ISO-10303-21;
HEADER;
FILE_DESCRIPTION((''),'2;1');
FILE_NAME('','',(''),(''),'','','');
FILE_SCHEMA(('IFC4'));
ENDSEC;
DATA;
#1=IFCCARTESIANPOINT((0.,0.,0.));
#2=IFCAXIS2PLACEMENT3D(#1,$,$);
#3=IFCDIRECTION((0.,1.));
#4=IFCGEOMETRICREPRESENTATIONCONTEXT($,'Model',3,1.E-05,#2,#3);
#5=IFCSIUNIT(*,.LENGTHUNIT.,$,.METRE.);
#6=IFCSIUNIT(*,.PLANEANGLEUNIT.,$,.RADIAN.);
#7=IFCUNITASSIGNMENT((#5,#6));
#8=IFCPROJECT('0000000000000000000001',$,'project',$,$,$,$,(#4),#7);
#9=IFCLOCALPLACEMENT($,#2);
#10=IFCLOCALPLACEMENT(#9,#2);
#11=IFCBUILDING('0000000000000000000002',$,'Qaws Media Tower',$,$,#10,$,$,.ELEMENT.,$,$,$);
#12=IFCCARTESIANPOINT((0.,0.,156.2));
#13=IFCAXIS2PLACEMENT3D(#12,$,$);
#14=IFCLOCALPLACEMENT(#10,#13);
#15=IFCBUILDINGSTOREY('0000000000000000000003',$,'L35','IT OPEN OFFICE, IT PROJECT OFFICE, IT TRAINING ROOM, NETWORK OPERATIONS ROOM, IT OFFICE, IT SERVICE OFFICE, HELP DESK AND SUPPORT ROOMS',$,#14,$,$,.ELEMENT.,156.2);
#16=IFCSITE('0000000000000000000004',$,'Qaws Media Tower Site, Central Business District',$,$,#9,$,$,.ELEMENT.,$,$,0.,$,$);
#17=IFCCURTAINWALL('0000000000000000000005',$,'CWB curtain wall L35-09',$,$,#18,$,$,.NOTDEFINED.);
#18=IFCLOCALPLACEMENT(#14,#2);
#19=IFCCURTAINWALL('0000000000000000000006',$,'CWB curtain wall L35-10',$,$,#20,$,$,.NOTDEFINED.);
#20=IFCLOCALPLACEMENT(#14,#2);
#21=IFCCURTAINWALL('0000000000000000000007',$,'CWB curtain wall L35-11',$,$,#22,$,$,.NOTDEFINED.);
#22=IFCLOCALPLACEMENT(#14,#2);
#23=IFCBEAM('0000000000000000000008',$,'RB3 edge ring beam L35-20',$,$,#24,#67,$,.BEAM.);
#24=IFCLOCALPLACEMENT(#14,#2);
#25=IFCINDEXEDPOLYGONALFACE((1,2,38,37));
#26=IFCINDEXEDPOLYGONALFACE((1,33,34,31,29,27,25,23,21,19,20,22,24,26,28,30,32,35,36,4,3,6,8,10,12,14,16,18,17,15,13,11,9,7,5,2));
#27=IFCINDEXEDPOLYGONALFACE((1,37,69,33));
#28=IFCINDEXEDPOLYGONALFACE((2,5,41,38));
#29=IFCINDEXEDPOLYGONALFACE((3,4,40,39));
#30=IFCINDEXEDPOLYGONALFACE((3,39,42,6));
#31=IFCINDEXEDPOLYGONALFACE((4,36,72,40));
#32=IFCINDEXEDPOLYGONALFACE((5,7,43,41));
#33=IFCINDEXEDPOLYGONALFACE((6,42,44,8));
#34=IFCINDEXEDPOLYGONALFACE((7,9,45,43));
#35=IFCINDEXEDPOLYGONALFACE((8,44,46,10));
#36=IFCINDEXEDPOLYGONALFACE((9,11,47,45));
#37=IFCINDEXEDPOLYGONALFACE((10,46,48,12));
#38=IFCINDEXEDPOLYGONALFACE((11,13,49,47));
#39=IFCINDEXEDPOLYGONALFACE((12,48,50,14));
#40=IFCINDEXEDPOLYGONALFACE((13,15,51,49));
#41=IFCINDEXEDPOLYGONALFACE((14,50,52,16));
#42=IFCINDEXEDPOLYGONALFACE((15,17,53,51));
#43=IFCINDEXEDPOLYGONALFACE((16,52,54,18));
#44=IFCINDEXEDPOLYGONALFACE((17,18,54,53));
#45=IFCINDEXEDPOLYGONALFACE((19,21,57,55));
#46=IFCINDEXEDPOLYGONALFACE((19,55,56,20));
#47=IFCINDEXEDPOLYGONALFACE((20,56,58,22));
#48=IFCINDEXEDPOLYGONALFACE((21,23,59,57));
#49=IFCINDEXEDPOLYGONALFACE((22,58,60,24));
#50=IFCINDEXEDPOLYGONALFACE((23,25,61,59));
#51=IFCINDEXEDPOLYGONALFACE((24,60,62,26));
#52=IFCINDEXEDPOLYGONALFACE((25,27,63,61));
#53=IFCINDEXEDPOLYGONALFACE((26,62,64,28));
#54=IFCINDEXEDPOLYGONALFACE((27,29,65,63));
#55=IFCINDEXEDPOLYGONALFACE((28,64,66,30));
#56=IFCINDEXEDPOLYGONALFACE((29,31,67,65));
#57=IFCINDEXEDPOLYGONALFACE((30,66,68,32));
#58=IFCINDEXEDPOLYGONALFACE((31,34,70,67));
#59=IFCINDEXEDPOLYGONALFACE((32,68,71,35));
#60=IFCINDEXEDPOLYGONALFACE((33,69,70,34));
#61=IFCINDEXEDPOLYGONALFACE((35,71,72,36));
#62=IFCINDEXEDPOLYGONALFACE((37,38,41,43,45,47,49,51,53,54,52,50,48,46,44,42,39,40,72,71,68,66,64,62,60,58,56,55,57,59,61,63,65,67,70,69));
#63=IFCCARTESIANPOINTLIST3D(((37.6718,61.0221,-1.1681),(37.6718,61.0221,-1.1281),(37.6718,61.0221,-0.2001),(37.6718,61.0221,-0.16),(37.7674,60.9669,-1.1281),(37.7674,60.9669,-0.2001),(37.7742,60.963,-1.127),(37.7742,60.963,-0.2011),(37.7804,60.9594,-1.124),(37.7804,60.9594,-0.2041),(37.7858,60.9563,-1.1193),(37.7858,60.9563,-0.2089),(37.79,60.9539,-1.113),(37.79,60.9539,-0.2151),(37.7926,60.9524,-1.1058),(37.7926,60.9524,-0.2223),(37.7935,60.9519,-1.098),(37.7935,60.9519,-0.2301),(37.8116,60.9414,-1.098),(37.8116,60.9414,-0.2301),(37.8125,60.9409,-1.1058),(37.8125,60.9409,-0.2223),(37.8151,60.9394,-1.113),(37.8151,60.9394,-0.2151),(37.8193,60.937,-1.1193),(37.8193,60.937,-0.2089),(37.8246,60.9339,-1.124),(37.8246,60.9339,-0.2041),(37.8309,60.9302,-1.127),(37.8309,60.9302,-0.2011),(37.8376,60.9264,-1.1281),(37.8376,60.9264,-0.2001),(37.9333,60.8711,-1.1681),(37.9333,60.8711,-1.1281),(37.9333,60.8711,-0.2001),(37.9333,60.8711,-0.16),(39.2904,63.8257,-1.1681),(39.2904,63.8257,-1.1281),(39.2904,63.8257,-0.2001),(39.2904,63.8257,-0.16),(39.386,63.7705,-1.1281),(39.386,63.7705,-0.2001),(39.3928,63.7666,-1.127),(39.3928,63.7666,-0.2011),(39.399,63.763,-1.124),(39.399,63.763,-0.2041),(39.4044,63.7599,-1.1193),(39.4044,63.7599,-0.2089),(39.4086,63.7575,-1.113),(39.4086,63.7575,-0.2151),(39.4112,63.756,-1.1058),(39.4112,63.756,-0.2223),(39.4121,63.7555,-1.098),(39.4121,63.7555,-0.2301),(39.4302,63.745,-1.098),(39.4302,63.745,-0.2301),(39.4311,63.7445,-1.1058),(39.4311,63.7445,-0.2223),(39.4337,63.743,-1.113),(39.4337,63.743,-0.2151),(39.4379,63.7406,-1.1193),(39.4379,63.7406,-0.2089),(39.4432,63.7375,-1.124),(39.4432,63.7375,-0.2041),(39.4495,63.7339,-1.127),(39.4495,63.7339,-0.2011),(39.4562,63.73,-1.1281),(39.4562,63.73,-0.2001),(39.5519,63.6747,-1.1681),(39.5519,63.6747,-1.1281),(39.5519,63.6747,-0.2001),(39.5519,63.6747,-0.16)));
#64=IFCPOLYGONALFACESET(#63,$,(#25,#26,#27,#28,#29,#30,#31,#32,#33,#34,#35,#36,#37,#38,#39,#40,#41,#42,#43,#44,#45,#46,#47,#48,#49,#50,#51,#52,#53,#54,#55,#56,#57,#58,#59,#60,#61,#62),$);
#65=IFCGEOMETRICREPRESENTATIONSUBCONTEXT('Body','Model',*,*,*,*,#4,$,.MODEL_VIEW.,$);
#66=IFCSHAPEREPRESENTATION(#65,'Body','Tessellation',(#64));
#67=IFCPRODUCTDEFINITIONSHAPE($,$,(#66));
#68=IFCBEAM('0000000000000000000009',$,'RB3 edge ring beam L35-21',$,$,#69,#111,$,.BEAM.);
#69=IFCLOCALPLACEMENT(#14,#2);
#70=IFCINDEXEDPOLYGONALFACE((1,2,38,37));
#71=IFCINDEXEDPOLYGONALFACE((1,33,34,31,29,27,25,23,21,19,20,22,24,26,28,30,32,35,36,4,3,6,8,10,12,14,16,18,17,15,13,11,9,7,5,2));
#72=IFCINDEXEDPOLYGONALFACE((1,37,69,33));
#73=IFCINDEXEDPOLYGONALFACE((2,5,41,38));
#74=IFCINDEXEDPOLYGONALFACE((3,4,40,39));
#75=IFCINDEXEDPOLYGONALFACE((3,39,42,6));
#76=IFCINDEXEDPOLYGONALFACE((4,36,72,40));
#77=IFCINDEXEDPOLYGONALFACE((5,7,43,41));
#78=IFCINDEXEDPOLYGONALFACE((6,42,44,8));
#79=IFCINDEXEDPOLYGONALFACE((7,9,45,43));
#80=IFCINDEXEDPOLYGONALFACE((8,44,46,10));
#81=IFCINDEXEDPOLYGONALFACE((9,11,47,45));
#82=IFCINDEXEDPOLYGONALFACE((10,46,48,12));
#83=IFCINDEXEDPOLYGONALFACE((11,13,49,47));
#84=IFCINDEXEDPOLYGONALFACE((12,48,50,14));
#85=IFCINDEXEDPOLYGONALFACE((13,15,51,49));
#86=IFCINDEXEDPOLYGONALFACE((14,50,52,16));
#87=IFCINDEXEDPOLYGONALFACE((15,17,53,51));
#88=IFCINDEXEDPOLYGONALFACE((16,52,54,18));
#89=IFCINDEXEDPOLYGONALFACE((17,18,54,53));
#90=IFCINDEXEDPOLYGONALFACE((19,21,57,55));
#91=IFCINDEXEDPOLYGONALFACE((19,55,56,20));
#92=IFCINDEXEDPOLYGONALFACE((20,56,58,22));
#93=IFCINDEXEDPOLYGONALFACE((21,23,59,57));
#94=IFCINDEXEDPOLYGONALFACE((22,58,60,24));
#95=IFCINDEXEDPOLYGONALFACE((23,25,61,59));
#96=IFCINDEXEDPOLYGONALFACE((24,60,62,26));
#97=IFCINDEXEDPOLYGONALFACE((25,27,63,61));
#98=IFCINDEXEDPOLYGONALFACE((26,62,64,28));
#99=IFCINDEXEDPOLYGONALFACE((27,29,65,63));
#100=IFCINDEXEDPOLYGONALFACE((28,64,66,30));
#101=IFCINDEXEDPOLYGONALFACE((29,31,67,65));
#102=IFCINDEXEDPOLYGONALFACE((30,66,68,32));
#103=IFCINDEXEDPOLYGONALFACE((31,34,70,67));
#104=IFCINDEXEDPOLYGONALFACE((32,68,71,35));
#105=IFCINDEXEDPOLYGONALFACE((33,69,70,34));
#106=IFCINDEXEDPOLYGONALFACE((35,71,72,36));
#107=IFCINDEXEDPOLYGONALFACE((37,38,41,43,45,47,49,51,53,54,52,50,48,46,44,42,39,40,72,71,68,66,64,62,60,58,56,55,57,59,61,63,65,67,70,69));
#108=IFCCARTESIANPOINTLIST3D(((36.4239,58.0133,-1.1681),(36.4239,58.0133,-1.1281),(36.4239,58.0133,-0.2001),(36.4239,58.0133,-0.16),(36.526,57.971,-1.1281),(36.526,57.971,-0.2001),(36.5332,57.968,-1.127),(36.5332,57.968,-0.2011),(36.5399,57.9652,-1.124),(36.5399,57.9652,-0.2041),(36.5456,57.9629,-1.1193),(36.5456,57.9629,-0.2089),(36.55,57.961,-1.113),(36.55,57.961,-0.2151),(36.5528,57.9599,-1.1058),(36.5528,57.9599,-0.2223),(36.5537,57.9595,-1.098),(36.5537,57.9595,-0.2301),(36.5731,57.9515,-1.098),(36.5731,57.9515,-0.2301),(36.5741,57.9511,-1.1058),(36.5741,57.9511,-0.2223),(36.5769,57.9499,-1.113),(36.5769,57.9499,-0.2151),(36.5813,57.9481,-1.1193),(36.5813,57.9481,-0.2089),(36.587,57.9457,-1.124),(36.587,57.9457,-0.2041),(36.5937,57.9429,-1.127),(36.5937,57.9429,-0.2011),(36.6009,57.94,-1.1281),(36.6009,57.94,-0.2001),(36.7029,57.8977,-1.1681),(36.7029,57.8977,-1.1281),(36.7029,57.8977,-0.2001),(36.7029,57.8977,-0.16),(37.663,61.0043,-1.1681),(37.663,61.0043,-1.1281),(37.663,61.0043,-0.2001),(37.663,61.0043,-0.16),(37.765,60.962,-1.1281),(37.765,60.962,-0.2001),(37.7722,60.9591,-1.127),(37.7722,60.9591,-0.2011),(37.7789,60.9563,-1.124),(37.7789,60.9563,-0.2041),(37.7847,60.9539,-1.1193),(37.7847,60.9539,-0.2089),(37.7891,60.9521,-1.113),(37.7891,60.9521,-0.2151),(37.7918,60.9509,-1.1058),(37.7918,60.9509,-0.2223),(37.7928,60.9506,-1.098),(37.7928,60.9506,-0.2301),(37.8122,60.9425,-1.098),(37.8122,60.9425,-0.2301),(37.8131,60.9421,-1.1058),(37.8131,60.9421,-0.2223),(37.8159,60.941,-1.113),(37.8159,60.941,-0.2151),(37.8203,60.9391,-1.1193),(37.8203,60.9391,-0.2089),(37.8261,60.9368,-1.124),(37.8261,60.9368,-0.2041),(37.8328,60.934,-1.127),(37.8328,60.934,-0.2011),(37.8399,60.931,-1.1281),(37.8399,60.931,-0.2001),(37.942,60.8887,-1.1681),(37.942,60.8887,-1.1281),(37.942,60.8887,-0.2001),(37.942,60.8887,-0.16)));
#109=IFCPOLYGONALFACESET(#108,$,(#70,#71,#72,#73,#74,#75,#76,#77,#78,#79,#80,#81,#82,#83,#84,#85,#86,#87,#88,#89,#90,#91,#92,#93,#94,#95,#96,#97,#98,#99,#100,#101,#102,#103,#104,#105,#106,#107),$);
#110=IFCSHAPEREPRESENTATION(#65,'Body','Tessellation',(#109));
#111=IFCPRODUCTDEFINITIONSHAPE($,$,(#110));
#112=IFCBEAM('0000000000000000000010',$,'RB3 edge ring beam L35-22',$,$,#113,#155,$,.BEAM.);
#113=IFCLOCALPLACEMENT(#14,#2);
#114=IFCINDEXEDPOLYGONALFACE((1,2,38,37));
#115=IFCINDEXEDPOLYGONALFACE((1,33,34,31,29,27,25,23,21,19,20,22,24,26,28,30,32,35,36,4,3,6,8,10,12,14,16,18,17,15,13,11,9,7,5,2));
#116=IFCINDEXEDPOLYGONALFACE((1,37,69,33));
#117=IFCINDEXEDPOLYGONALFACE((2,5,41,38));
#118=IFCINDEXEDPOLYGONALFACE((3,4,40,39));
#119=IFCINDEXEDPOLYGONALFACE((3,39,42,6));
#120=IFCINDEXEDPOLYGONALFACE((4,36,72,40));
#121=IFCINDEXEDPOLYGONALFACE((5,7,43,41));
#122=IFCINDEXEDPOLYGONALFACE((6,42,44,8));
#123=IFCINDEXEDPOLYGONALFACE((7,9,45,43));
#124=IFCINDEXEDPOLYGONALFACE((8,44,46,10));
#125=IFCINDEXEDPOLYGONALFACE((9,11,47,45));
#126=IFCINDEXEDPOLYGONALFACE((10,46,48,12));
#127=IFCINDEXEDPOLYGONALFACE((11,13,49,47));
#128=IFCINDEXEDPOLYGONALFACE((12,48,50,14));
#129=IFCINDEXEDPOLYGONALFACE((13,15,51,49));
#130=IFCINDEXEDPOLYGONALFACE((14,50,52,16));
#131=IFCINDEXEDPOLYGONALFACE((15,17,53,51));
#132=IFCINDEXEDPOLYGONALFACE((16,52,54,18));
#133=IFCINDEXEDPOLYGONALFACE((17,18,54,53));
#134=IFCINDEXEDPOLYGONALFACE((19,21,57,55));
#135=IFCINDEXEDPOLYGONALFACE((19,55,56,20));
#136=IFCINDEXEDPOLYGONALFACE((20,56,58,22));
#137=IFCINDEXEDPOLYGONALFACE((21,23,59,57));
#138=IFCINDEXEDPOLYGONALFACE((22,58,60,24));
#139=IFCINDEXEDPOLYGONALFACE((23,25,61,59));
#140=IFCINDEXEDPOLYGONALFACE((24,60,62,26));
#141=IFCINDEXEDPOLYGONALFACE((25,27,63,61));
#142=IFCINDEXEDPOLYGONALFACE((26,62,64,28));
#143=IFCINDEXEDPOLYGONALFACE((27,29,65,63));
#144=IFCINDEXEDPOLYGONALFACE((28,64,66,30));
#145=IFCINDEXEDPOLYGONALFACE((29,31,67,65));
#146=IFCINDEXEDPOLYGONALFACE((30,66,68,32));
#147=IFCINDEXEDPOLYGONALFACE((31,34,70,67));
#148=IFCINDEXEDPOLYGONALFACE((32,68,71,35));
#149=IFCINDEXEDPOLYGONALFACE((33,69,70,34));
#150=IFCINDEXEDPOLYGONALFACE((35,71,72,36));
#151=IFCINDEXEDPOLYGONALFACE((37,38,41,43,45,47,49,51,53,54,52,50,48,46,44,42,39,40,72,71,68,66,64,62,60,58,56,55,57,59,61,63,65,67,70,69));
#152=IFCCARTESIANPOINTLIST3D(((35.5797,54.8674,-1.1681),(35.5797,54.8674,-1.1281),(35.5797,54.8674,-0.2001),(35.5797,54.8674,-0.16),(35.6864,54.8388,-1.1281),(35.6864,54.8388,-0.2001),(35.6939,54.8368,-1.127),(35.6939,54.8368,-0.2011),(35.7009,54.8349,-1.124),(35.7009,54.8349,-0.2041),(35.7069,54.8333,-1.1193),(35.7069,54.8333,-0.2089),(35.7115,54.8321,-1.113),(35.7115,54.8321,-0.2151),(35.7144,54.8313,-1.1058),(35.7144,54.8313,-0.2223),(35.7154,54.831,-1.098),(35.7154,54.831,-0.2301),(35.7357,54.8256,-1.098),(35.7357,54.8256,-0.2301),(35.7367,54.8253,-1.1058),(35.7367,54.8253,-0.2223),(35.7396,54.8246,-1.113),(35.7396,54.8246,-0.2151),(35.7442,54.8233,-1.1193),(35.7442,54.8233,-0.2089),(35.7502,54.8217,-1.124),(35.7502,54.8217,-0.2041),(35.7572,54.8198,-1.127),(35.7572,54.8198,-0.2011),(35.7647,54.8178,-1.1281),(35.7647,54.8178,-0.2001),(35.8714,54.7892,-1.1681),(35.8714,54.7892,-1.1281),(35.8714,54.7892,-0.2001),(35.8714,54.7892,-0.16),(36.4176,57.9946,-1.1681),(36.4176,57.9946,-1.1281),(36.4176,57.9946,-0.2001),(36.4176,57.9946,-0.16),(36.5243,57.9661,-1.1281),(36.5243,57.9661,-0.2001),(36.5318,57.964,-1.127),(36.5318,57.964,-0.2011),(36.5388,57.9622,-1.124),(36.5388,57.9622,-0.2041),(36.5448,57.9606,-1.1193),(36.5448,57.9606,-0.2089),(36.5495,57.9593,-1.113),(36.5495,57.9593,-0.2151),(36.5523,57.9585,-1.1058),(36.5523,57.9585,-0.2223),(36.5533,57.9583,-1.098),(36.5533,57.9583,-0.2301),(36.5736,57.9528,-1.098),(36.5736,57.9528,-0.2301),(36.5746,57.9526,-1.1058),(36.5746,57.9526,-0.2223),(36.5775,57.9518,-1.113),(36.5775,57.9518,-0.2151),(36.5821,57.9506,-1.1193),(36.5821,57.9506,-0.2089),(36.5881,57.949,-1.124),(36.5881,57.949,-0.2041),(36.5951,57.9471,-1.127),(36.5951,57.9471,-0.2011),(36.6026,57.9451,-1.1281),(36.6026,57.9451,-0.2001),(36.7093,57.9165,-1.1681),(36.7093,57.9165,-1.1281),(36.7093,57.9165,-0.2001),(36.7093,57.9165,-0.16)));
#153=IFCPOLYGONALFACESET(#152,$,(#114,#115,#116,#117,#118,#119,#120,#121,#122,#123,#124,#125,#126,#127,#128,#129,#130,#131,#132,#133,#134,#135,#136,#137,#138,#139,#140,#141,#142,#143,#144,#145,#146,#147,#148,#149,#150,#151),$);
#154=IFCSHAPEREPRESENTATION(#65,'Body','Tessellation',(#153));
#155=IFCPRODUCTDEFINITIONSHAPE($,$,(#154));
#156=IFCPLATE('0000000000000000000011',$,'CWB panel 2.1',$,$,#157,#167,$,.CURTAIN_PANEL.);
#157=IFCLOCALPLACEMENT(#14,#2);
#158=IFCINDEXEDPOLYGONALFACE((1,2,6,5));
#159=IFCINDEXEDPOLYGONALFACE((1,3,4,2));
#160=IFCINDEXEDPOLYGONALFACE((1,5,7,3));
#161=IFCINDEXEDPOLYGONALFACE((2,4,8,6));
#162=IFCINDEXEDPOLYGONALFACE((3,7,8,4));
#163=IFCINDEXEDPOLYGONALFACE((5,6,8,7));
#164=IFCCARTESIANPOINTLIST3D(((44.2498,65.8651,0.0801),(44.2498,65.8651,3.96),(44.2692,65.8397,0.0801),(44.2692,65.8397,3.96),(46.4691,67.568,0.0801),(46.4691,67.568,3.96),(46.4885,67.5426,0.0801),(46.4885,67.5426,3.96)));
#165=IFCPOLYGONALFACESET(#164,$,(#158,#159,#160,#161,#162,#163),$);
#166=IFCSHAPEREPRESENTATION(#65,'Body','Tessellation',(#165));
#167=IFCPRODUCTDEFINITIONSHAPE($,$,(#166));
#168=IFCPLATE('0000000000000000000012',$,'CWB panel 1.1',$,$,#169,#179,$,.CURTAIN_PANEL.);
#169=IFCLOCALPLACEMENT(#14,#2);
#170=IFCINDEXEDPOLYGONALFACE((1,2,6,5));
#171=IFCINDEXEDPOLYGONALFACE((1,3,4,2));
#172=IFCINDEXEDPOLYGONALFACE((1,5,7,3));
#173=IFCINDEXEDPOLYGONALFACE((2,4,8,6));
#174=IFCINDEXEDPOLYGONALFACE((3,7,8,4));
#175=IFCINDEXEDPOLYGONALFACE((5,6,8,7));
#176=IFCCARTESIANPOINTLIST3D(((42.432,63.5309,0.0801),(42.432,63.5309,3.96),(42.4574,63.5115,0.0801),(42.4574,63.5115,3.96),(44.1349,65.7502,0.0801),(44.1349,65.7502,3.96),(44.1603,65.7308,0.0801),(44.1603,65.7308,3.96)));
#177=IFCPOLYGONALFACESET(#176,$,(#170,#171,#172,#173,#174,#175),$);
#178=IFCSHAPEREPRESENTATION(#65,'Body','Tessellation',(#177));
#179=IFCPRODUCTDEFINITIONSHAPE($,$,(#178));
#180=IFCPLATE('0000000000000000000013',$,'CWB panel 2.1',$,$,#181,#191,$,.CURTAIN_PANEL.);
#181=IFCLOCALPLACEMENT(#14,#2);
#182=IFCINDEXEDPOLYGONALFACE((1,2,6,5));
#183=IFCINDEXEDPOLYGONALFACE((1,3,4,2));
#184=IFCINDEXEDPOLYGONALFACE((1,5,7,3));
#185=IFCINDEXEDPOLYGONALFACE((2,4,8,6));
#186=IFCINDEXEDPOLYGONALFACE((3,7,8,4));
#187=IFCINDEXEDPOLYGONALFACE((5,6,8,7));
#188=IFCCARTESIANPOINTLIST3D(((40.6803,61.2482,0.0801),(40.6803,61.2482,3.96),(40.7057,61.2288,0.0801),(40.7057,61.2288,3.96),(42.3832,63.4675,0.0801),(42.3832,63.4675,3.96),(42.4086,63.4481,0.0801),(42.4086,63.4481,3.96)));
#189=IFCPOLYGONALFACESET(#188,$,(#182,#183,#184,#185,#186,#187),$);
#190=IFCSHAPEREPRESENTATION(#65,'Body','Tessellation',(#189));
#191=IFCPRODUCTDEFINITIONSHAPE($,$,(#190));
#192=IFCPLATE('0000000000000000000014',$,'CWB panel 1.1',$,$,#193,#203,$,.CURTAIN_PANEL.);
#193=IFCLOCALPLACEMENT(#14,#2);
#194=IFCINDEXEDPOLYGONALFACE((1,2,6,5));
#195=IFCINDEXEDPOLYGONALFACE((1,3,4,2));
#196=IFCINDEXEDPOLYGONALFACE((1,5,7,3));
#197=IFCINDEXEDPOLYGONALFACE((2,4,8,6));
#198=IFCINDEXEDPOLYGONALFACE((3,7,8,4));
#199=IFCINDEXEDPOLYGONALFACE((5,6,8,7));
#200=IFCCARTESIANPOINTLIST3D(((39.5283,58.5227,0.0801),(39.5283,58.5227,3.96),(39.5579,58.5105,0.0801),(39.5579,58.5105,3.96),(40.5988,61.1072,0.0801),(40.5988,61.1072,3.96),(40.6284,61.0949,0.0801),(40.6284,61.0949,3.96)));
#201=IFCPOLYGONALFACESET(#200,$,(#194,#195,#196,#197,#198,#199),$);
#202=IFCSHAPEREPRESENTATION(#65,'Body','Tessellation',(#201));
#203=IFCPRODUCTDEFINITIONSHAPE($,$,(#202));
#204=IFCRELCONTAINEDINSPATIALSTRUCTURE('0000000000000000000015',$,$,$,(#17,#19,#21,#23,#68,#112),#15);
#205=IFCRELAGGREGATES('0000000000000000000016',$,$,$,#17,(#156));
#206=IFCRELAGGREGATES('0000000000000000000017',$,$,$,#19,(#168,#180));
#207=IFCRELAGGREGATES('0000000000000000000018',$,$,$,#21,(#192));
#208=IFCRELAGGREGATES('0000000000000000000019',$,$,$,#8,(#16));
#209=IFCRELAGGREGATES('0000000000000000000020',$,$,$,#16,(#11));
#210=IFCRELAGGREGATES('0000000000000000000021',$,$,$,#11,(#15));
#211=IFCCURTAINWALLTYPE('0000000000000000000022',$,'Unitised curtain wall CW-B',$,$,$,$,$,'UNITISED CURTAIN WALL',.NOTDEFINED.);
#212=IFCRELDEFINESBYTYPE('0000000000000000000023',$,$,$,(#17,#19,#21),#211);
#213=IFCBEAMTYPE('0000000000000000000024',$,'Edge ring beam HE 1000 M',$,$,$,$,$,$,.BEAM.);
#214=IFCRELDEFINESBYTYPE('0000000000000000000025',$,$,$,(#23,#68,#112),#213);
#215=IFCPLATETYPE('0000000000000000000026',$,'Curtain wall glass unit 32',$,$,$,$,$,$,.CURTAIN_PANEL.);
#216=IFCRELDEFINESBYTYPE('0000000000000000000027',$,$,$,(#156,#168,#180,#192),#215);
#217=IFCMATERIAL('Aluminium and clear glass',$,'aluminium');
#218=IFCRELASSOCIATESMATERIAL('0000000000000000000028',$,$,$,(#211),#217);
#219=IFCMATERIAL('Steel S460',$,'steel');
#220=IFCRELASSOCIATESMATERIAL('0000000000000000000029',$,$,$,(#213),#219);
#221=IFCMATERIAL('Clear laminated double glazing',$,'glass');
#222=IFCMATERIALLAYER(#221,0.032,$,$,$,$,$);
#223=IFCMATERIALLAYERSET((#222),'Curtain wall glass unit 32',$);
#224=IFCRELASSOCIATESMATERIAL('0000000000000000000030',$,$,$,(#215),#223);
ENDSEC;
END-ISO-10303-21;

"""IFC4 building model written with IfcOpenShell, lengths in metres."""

from ifc_helpers import new_model, si_unit, direction, frame, origin, origin_2d, place, context, subcontext, project, spatial, rectangle, i_section, extrude, material, layer, layer_set, material_profile, profile_set, type_object, element, aggregate, save


model = new_model("IFC4")

# Units and contexts
model_context = context("Model", 3, precision=1e-05, world=origin(), true_north=direction((0.0, 1.0)))
body_context = subcontext(model_context, "Body", "Model", "MODEL_VIEW")
ifc_project = project(units=[si_unit("LENGTHUNIT", "METRE"), si_unit("PLANEANGLEUNIT", "RADIAN")], contexts=[model_context])

# Site, building, storey
site_placement = place(None, origin())
site = spatial("IfcSite", under=ifc_project, at=site_placement, Name="Qaws Media Tower Site, Central Business District", CompositionType="ELEMENT", RefElevation=0.0)
building_placement = place(site_placement, origin())
building = spatial("IfcBuilding", under=site, at=building_placement, Name="Qaws Media Tower", CompositionType="ELEMENT")
storey_placement = place(building_placement, frame((0.0, 0.0, 156.2)))
storey = spatial("IfcBuildingStorey", under=building, at=storey_placement, Name="L35", Description="IT OPEN OFFICE, IT PROJECT OFFICE, IT TRAINING ROOM, NETWORK OPERATIONS ROOM, IT OFFICE, IT SERVICE OFFICE, HELP DESK AND SUPPORT ROOMS", CompositionType="ELEMENT", Elevation=156.2)

# Curtain wall
ifc_material_1 = material(Name="Aluminium and clear glass", Category="aluminium")
curtain_wall_type = type_object("IfcCurtainWallType", Name="Unitised curtain wall CW-B", ElementType="UNITISED CURTAIN WALL", PredefinedType="NOTDEFINED", material=ifc_material_1)
curtain_wall_1_placement = place(storey_placement, origin())
curtain_wall_1 = element("IfcCurtainWall", 1, at=curtain_wall_1_placement, inside=storey, type_object=curtain_wall_type, Name="CWB curtain wall L35-09", PredefinedType="NOTDEFINED")

# Curtain walls
curtain_wall_2_placement = place(storey_placement, origin())
curtain_wall_2 = element("IfcCurtainWall", 2, at=curtain_wall_2_placement, inside=storey, type_object=curtain_wall_type, Name="CWB curtain wall L35-10", PredefinedType="NOTDEFINED")
curtain_wall_3_placement = place(storey_placement, origin())
curtain_wall_3 = element("IfcCurtainWall", 3, at=curtain_wall_3_placement, inside=storey, type_object=curtain_wall_type, Name="CWB curtain wall L35-11", PredefinedType="NOTDEFINED")

# Beams
ifc_material_2 = material(Name="Steel S460", Category="steel")
ifc_material_profile_1 = material_profile(ifc_material_2, i_section(OverallWidth=0.302, OverallDepth=1.0081, WebThickness=0.021, FlangeThickness=0.04, FilletRadius=0.03, at=origin_2d()), Name="HE 1000 M")
ifc_profile_set_1 = profile_set([ifc_material_profile_1], Name="Steel S460")
beam_type = type_object("IfcBeamType", Name="Edge ring beam HE 1000 M", PredefinedType="BEAM", material=ifc_profile_set_1)
beam_placement = place(storey_placement, frame((39.4211, 63.7502, -0.6641), z_axis=(-0.499984, -0.866035, 0.0), x_axis=(0.866035, -0.499984, 0.0)))
element("IfcBeam", 4, at=beam_placement, inside=storey, type_object=beam_type, Name="RB3 edge ring beam L35-20", PredefinedType="BEAM", context=body_context, shape_type="SweptSolid", body=[
    extrude(i_section(OverallWidth=0.302, OverallDepth=1.0081, WebThickness=0.021, FlangeThickness=0.04, FilletRadius=0.03, at=origin_2d()), origin(), (0.0, 0.0, 1.0), 3.2373),
])
for number, where, z_axis, x_axis, name in (
    (5, (37.8025, 60.9465, -0.6641), (-0.382714, -0.923867, 0.0), (0.923867, -0.382714, 0.0), "RB3 edge ring beam L35-21"),
    (6, (36.5635, 57.9556, -0.6641), (-0.258808, -0.965929, 0.0), (0.965929, -0.258808, 0.0), "RB3 edge ring beam L35-22"),
):
    element("IfcBeam", number, at=place(storey_placement, frame(where, z_axis=z_axis, x_axis=x_axis)), inside=storey, type_object=beam_type, Name=name, PredefinedType="BEAM", context=body_context, shape_type="SweptSolid", body=[
        extrude(i_section(OverallWidth=0.302, OverallDepth=1.0081, WebThickness=0.021, FlangeThickness=0.04, FilletRadius=0.03, at=origin_2d()), origin(), (0.0, 0.0, 1.0), 3.2375),
    ])

# Plates
ifc_material_3 = material(Name="Clear laminated double glazing", Category="glass")
ifc_layer_1 = layer(ifc_material_3, 0.032)
ifc_layer_set_1 = layer_set([ifc_layer_1], Name="Curtain wall glass unit 32")
plate_type_1 = type_object("IfcPlateType", Name="Curtain wall glass unit 32", PredefinedType="CURTAIN_PANEL", material=ifc_layer_set_1)
plate_1_placement = place(storey_placement, frame((45.3691, 66.7039, 0.0801), z_axis=(0.0, 0.0, 1.0), x_axis=(-0.793353, -0.608761, 0.0)))
plate_1 = element("IfcPlate", 7, at=plate_1_placement, type_object=plate_type_1, Name="CWB panel 2.1", PredefinedType="CURTAIN_PANEL", context=body_context, shape_type="SweptSolid", body=[
    extrude(rectangle(XDim=2.7974, YDim=0.032, at=origin_2d()), origin(), (0.0, 0.0, 1.0), 3.8799),
])
aggregate(curtain_wall_1, [plate_1])
plate_2_placement = place(storey_placement, frame((43.2961, 64.6309, 0.0801), z_axis=(0.0, 0.0, 1.0), x_axis=(-0.608761, -0.793353, 0.0)))
plate_2 = element("IfcPlate", 8, at=plate_2_placement, type_object=plate_type_1, Name="CWB panel 1.1", PredefinedType="CURTAIN_PANEL", context=body_context, shape_type="SweptSolid", body=[
    extrude(rectangle(XDim=2.7974, YDim=0.032, at=origin_2d()), origin(), (0.0, 0.0, 1.0), 3.8799),
])
plate_3_placement = place(storey_placement, frame((41.5444, 62.3481, 0.0801), z_axis=(0.0, 0.0, 1.0), x_axis=(-0.608761, -0.793353, 0.0)))
plate_3 = element("IfcPlate", 9, at=plate_3_placement, type_object=plate_type_1, Name="CWB panel 2.1", PredefinedType="CURTAIN_PANEL", context=body_context, shape_type="SweptSolid", body=[
    extrude(rectangle(XDim=2.7974, YDim=0.032, at=origin_2d()), origin(), (0.0, 0.0, 1.0), 3.8799),
])
aggregate(curtain_wall_2, [plate_2, plate_3])
plate_4_placement = place(storey_placement, frame((40.0784, 59.8088, 0.0801), z_axis=(0.0, 0.0, 1.0), x_axis=(-0.382683, -0.92388, 0.0)))
plate_4 = element("IfcPlate", 10, at=plate_4_placement, type_object=plate_type_1, Name="CWB panel 1.1", PredefinedType="CURTAIN_PANEL", context=body_context, shape_type="SweptSolid", body=[
    extrude(rectangle(XDim=2.7974, YDim=0.032, at=origin_2d()), origin(), (0.0, 0.0, 1.0), 3.8799),
])
aggregate(curtain_wall_3, [plate_4])

save(model, "model.ifc")
